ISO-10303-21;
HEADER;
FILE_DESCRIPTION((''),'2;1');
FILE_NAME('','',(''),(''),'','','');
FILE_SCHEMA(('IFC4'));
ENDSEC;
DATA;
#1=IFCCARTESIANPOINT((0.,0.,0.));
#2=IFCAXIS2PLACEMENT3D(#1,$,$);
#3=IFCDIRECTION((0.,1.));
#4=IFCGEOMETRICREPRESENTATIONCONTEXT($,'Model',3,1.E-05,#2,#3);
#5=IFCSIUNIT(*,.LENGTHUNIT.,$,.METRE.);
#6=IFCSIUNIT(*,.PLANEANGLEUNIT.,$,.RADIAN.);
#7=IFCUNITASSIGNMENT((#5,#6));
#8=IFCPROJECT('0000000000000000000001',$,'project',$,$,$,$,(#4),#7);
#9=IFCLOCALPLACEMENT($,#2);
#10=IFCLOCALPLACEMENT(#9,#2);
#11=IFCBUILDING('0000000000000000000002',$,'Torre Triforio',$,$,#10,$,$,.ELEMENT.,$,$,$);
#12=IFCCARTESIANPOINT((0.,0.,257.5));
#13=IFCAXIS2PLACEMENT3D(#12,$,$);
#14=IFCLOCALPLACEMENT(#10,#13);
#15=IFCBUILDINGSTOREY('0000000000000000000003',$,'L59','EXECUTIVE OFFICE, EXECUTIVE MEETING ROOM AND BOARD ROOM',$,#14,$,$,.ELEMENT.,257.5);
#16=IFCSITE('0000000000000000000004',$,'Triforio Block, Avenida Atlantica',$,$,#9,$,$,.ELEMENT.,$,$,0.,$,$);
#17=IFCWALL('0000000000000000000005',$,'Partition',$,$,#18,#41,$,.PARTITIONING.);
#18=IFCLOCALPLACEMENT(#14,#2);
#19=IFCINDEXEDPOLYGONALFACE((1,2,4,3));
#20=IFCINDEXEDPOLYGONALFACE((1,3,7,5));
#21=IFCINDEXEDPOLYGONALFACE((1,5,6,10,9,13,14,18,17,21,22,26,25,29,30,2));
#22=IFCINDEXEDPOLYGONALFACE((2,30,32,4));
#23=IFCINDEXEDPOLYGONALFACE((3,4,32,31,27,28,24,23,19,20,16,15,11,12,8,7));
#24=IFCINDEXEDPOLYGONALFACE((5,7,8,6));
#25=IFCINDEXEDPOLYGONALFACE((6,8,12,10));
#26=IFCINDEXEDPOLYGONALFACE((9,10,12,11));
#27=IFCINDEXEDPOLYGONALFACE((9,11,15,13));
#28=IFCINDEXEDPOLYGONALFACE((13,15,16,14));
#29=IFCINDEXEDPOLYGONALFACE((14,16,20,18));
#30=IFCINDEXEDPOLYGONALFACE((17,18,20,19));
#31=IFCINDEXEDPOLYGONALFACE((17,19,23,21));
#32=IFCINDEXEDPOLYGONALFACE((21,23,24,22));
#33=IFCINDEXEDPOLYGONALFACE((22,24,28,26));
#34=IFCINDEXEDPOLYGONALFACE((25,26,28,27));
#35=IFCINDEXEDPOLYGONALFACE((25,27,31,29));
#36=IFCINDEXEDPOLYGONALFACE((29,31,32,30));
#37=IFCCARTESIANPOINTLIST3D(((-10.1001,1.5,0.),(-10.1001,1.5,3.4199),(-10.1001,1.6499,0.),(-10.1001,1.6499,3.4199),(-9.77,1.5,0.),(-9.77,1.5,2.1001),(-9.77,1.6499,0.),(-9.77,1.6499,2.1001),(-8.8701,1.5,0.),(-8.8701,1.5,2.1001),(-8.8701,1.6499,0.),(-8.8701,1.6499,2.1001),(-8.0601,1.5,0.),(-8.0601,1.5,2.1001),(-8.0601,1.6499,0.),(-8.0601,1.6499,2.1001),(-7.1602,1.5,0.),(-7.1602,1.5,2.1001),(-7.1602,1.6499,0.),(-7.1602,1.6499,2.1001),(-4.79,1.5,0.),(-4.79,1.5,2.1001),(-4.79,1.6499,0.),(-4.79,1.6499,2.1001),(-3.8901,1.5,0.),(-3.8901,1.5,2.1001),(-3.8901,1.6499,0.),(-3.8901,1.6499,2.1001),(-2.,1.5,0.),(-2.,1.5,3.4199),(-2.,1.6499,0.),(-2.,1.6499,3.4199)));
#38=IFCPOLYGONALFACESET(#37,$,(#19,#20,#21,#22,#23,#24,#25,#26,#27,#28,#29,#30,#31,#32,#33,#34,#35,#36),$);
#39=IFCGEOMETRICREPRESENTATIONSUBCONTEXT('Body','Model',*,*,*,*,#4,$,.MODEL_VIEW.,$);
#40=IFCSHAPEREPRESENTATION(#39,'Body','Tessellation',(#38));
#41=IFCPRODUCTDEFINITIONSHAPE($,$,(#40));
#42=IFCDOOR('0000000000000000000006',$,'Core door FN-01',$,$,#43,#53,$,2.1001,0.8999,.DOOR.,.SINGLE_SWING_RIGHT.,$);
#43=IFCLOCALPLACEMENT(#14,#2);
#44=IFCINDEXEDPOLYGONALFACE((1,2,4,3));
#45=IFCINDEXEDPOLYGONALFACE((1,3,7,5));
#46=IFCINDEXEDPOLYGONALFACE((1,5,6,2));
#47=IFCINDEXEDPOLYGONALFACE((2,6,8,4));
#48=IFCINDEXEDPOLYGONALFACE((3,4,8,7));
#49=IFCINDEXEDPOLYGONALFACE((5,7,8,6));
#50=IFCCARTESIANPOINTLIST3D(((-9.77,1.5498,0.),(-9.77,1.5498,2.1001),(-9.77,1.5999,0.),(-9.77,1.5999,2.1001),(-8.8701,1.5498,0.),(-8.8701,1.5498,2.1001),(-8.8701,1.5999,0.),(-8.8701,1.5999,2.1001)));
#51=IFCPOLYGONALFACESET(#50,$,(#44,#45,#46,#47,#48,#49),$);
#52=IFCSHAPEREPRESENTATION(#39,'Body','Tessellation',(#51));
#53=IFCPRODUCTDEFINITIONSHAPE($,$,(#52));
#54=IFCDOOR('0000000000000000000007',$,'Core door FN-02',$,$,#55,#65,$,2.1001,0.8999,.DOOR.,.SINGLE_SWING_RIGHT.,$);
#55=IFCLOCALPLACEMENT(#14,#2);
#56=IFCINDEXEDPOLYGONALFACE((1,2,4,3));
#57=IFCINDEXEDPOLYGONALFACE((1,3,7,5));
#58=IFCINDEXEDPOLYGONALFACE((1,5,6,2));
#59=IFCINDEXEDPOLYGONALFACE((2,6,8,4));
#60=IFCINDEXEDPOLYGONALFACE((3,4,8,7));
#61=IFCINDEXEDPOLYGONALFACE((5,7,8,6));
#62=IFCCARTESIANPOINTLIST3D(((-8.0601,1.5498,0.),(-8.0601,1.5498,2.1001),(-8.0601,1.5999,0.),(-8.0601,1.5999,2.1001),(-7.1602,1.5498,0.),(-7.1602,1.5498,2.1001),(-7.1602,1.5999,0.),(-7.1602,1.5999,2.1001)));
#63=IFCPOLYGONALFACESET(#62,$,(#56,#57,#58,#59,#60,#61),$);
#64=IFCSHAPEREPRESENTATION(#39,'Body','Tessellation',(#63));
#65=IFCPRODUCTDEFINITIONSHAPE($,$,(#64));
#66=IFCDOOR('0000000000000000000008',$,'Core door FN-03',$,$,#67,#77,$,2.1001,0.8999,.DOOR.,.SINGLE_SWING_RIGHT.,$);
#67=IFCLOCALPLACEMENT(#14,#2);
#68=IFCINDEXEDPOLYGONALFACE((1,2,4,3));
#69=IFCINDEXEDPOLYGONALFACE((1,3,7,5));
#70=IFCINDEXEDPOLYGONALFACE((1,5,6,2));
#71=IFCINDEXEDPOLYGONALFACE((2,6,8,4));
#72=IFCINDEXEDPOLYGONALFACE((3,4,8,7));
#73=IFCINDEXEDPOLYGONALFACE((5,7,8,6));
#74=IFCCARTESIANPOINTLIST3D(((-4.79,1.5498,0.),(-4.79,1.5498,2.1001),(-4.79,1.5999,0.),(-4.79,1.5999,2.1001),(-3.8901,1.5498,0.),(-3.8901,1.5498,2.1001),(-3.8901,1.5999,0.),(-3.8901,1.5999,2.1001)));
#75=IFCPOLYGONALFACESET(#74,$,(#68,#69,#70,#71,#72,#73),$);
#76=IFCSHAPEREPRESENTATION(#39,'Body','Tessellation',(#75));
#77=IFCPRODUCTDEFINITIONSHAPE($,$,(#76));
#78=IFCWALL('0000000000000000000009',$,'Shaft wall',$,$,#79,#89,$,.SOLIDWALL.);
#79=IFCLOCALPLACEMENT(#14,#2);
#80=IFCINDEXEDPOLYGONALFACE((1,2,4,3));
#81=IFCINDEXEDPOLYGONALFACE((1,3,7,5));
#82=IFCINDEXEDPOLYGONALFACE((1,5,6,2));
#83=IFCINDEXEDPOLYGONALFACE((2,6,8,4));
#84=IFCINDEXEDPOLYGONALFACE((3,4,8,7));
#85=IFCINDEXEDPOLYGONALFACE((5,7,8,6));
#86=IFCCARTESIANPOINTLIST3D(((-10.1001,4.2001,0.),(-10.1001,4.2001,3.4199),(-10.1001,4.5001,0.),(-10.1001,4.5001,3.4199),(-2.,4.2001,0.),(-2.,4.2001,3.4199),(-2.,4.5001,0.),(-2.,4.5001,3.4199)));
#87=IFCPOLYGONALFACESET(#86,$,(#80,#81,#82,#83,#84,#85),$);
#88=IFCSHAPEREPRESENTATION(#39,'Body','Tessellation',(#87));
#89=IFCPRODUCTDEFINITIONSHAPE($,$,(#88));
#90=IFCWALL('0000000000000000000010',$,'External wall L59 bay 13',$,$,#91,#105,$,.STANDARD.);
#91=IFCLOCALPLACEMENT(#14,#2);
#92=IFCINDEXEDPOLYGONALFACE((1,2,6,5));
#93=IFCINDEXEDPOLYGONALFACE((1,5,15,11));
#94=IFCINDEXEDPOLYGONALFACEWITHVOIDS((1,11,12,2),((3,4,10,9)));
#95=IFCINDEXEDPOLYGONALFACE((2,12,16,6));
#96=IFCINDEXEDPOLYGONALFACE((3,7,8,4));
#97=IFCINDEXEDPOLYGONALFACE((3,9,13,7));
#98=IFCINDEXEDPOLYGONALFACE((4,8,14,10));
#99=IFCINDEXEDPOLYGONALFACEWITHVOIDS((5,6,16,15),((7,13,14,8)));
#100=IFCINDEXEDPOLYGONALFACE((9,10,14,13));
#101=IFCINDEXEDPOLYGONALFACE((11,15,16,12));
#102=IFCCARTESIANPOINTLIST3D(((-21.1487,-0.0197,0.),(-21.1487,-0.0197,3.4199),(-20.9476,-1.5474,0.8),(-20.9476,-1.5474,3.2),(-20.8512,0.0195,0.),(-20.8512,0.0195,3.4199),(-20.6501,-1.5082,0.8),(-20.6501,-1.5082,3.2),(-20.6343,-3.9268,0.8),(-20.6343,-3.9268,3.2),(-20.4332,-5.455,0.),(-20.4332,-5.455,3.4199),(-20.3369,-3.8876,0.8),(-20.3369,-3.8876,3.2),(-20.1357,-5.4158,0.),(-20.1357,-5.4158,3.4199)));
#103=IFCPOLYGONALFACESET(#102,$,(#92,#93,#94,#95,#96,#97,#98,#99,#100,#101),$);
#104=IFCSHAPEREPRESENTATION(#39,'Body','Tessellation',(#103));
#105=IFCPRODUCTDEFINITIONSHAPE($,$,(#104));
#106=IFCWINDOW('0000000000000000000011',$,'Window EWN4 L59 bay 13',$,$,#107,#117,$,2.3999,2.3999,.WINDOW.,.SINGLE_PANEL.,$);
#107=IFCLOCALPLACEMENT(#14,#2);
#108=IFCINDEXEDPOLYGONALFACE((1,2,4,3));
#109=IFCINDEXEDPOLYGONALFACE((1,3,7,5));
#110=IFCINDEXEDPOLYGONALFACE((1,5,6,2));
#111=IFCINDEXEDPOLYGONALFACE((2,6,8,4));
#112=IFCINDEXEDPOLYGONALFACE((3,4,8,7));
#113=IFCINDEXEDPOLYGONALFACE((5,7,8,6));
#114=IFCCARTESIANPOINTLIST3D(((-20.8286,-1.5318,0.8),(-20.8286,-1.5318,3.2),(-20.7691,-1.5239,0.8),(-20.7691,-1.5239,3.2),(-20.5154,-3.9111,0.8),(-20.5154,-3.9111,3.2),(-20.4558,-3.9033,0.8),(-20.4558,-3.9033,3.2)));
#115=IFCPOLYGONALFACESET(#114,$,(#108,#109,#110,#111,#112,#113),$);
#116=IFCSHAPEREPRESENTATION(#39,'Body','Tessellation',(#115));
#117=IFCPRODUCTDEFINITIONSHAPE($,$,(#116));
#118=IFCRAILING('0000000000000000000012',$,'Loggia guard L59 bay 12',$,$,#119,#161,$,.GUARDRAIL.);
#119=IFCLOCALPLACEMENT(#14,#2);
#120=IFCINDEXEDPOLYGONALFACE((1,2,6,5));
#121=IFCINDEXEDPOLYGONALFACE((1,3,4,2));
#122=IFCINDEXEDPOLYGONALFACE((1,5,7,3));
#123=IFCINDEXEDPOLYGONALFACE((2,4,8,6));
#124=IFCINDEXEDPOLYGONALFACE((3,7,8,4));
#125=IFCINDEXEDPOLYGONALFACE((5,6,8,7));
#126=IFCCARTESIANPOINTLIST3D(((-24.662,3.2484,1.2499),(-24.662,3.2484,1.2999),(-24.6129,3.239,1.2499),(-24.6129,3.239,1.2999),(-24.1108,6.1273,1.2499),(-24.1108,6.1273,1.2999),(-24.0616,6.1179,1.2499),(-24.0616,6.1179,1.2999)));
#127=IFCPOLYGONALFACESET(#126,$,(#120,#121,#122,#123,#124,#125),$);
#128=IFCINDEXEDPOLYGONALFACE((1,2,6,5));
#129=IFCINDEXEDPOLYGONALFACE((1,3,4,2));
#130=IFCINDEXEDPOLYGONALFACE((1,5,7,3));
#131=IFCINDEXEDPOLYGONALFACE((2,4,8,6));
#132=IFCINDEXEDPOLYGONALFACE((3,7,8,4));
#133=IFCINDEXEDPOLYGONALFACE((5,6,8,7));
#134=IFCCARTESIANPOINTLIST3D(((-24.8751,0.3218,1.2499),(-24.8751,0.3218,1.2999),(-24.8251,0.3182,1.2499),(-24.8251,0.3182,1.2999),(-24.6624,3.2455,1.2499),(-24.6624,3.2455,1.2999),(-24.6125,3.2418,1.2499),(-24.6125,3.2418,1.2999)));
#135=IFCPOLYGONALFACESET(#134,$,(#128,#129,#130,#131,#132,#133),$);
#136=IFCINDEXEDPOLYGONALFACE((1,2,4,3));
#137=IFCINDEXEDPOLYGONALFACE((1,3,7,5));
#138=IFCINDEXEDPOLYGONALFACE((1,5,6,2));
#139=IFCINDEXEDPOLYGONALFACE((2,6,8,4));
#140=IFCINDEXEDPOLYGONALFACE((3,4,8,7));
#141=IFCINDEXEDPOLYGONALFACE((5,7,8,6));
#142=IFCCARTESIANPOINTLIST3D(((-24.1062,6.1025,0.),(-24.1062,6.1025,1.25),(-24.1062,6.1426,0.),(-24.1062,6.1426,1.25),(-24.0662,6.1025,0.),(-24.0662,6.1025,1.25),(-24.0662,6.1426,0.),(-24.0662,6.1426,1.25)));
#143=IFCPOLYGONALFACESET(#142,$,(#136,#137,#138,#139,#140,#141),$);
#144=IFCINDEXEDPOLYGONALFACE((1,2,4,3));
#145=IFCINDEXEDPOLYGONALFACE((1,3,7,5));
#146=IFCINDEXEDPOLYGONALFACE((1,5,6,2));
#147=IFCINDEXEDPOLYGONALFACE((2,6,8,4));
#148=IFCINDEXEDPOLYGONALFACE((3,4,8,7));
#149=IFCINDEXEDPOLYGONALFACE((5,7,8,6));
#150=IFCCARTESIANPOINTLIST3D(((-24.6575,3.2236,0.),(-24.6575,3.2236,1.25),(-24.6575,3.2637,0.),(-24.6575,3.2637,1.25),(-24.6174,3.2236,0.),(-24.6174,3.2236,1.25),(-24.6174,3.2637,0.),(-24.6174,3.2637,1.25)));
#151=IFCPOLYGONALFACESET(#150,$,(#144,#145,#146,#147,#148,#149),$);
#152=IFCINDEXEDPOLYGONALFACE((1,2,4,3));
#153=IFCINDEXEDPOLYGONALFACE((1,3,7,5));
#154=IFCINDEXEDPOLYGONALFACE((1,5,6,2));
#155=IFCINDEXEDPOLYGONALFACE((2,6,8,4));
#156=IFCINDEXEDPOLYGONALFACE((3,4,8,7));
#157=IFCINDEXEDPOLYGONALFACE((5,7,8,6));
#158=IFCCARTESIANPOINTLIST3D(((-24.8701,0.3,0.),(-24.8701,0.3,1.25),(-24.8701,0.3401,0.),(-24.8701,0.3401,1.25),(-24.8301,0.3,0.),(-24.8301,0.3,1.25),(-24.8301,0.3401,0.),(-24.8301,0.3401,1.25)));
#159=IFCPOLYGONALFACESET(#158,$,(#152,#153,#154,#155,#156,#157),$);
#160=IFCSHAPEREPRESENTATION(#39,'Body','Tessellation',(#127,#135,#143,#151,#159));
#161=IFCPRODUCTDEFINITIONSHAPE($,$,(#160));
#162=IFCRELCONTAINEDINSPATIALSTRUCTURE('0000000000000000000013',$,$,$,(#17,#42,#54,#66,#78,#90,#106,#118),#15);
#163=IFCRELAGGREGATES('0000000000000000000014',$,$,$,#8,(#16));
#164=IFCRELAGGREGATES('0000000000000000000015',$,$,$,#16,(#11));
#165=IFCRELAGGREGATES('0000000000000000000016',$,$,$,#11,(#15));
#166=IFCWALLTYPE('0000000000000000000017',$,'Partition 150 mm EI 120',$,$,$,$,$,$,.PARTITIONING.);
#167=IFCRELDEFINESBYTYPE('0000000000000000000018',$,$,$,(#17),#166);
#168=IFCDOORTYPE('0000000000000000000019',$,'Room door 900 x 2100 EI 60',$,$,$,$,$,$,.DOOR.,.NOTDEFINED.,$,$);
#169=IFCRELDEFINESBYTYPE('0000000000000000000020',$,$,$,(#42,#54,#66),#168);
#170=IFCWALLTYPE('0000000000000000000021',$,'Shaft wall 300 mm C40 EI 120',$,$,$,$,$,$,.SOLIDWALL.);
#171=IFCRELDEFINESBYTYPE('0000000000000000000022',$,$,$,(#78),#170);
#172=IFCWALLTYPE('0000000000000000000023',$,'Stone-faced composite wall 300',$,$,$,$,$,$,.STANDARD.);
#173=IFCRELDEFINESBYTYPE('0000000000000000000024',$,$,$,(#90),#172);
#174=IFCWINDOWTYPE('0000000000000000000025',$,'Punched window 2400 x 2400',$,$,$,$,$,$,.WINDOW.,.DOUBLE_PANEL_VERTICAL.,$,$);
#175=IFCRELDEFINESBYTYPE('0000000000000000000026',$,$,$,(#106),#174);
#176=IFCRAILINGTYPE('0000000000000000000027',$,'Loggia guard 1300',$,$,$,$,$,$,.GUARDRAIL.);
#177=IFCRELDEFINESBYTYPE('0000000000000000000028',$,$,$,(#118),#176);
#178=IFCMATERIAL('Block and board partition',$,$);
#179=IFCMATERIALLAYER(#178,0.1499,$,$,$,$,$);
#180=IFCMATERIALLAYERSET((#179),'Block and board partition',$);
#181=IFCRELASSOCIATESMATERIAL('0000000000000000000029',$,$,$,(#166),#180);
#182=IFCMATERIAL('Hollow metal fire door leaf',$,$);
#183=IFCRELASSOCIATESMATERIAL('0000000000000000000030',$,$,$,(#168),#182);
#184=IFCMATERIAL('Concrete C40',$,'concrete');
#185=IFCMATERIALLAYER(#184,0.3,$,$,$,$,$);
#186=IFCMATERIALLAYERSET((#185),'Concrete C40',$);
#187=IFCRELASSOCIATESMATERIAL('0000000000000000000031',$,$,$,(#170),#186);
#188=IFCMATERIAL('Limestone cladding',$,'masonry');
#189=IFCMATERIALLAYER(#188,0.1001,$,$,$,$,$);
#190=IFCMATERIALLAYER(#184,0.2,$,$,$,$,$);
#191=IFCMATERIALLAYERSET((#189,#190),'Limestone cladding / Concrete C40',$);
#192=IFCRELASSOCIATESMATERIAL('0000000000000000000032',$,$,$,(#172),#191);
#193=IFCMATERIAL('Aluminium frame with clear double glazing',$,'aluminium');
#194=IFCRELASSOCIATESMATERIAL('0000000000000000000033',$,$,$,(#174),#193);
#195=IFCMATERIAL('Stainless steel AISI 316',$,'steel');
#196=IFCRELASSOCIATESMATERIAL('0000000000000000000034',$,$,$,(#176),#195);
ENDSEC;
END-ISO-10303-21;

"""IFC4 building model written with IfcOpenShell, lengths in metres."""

from ifc_helpers import new_model, si_unit, direction, frame, frame_2d, origin, origin_2d, place, context, subcontext, project, spatial, rectangle, extrude, material, layer, layer_set, type_object, element, fill, save


model = new_model("IFC4")

# Units and contexts
model_context = context("Model", 3, precision=1e-05, world=origin(), true_north=direction((0.0, 1.0)))
body_context = subcontext(model_context, "Body", "Model", "MODEL_VIEW")
ifc_project = project(units=[si_unit("LENGTHUNIT", "METRE"), si_unit("PLANEANGLEUNIT", "RADIAN")], contexts=[model_context])

# Site, building, storey
site_placement = place(None, origin())
site = spatial("IfcSite", under=ifc_project, at=site_placement, Name="Triforio Block, Avenida Atlantica", CompositionType="ELEMENT", RefElevation=0.0)
building_placement = place(site_placement, origin())
building = spatial("IfcBuilding", under=site, at=building_placement, Name="Torre Triforio", CompositionType="ELEMENT")
storey_placement = place(building_placement, frame((0.0, 0.0, 257.5)))
storey = spatial("IfcBuildingStorey", under=building, at=storey_placement, Name="L59", Description="EXECUTIVE OFFICE, EXECUTIVE MEETING ROOM AND BOARD ROOM", CompositionType="ELEMENT", Elevation=257.5)

# Shared definitions
ifc_material_1 = material(Name="Concrete C40", Category="concrete")

# Shared definitions
ifc_material_2 = material(Name="Hollow metal fire door leaf")

# Wall, openings, doors
ifc_material_3 = material(Name="Block and board partition")
ifc_layer_1 = layer(ifc_material_3, 0.1499)
ifc_layer_set_1 = layer_set([ifc_layer_1], Name="Block and board partition")
wall_type_1 = type_object("IfcWallType", Name="Partition 150 mm EI 120", PredefinedType="PARTITIONING", material=ifc_layer_set_1)
wall_1_placement = place(storey_placement, frame((-10.1001, 1.575, 0.0), z_axis=(0.0, 0.0, 1.0), x_axis=(1.0, 0.0, 0.0)))
wall_1 = element("IfcWall", 1, at=wall_1_placement, inside=storey, type_object=wall_type_1, Name="Partition", PredefinedType="PARTITIONING", context=body_context, shape_type="SweptSolid", body=[
    extrude(rectangle(XDim=8.1001, YDim=0.1499, at=frame_2d((4.05, 0.0))), origin(), (0.0, 0.0, 1.0), 3.4199),
])
opening_1_placement = place(wall_1_placement, frame((0.3301, 0.0, 0.0)))
opening_1 = element("IfcOpeningElement", 2, at=opening_1_placement, cuts=wall_1, PredefinedType="OPENING", context=body_context, shape_type="SweptSolid", body=[
    extrude(rectangle(XDim=0.8999, YDim=2.1001, at=frame_2d((0.45, 1.05))), frame((0.0, 0.085, 0.0), z_axis=(0.0, -1.0, 0.0), x_axis=(1.0, 0.0, 0.0)), (0.0, 0.0, 1.0), 0.1699),
])
opening_2_placement = place(wall_1_placement, frame((2.04, 0.0, 0.0)))
opening_2 = element("IfcOpeningElement", 3, at=opening_2_placement, cuts=wall_1, PredefinedType="OPENING", context=body_context, shape_type="SweptSolid", body=[
    extrude(rectangle(XDim=0.8999, YDim=2.1001, at=frame_2d((0.45, 1.05))), frame((0.0, 0.085, 0.0), z_axis=(0.0, -1.0, 0.0), x_axis=(1.0, 0.0, 0.0)), (0.0, 0.0, 1.0), 0.1699),
])
opening_3_placement = place(wall_1_placement, frame((5.3101, 0.0, 0.0)))
opening_3 = element("IfcOpeningElement", 4, at=opening_3_placement, cuts=wall_1, PredefinedType="OPENING", context=body_context, shape_type="SweptSolid", body=[
    extrude(rectangle(XDim=0.8999, YDim=2.1001, at=frame_2d((0.45, 1.05))), frame((0.0, 0.085, 0.0), z_axis=(0.0, -1.0, 0.0), x_axis=(1.0, 0.0, 0.0)), (0.0, 0.0, 1.0), 0.1699),
])
door_type_1 = type_object("IfcDoorType", Name="Room door 900 x 2100 EI 60", OperationType="NOTDEFINED", PredefinedType="DOOR", material=ifc_material_2)
door_1_placement = place(opening_1_placement, origin())
door_1 = element("IfcDoor", 5, at=door_1_placement, inside=storey, type_object=door_type_1, Name="Core door FN-01", OperationType="SINGLE_SWING_RIGHT", OverallHeight=2.1001, OverallWidth=0.8999, PredefinedType="DOOR", context=body_context, shape_type="SweptSolid", body=[
    extrude(rectangle(XDim=0.8999, YDim=2.1001, at=frame_2d((0.45, 1.05))), frame((0.0, 0.0249, 0.0), z_axis=(0.0, -1.0, 0.0), x_axis=(1.0, 0.0, 0.0)), (0.0, 0.0, 1.0), 0.05),
])
fill(opening_1, door_1)
door_2_placement = place(opening_2_placement, origin())
door_2 = element("IfcDoor", 6, at=door_2_placement, inside=storey, type_object=door_type_1, Name="Core door FN-02", OperationType="SINGLE_SWING_RIGHT", OverallHeight=2.1001, OverallWidth=0.8999, PredefinedType="DOOR", context=body_context, shape_type="SweptSolid", body=[
    extrude(rectangle(XDim=0.8999, YDim=2.1001, at=frame_2d((0.45, 1.05))), frame((0.0, 0.0249, 0.0), z_axis=(0.0, -1.0, 0.0), x_axis=(1.0, 0.0, 0.0)), (0.0, 0.0, 1.0), 0.05),
])
fill(opening_2, door_2)
door_3_placement = place(opening_3_placement, origin())
door_3 = element("IfcDoor", 7, at=door_3_placement, inside=storey, type_object=door_type_1, Name="Core door FN-03", OperationType="SINGLE_SWING_RIGHT", OverallHeight=2.1001, OverallWidth=0.8999, PredefinedType="DOOR", context=body_context, shape_type="SweptSolid", body=[
    extrude(rectangle(XDim=0.8999, YDim=2.1001, at=frame_2d((0.45, 1.05))), frame((0.0, 0.0249, 0.0), z_axis=(0.0, -1.0, 0.0), x_axis=(1.0, 0.0, 0.0)), (0.0, 0.0, 1.0), 0.05),
])
fill(opening_3, door_3)

# Wall
ifc_layer_2 = layer(ifc_material_1, 0.3)
ifc_layer_set_2 = layer_set([ifc_layer_2], Name="Concrete C40")
wall_type_2 = type_object("IfcWallType", Name="Shaft wall 300 mm C40 EI 120", PredefinedType="SOLIDWALL", material=ifc_layer_set_2)
wall_2_placement = place(storey_placement, frame((-10.1001, 4.3501, 0.0), z_axis=(0.0, 0.0, 1.0), x_axis=(1.0, 0.0, 0.0)))
element("IfcWall", 8, at=wall_2_placement, inside=storey, type_object=wall_type_2, Name="Shaft wall", PredefinedType="SOLIDWALL", context=body_context, shape_type="SweptSolid", body=[
    extrude(rectangle(XDim=8.1001, YDim=0.3, at=frame_2d((4.05, 0.0))), origin(), (0.0, 0.0, 1.0), 3.4199),
])

# Shared definitions
ifc_material_4 = material(Name="Limestone cladding", Category="masonry")
ifc_layer_3 = layer(ifc_material_4, 0.1001)
ifc_layer_4 = layer(ifc_material_1, 0.2)
ifc_layer_set_3 = layer_set([ifc_layer_3, ifc_layer_4], Name="Limestone cladding / Concrete C40")
wall_type_3 = type_object("IfcWallType", Name="Stone-faced composite wall 300", PredefinedType="STANDARD", material=ifc_layer_set_3)
ifc_material_5 = material(Name="Aluminium frame with clear double glazing", Category="aluminium")

# Wall, opening, window
wall_3_placement = place(storey_placement, frame((-21.0, 0.0, 0.0), z_axis=(0.0, 0.0, 1.0), x_axis=(0.130527, -0.991445, 0.0)))
wall_3 = element("IfcWall", 9, at=wall_3_placement, inside=storey, type_object=wall_type_3, Name="External wall L59 bay 13", PredefinedType="STANDARD", context=body_context, shape_type="SweptSolid", body=[
    extrude(rectangle(XDim=5.4822, YDim=0.3, at=frame_2d((2.7412, 0.0))), origin(), (0.0, 0.0, 1.0), 3.4199),
])
opening_4_placement = place(wall_3_placement, frame((1.541, 0.0, 0.8)))
opening_4 = element("IfcOpeningElement", 10, at=opening_4_placement, cuts=wall_3, PredefinedType="OPENING", context=body_context, shape_type="SweptSolid", body=[
    extrude(rectangle(XDim=2.3999, YDim=2.3999, at=frame_2d((1.2, 1.2))), frame((0.0, 0.1599, 0.0), z_axis=(0.0, -1.0, 0.0), x_axis=(1.0, 0.0, 0.0)), (0.0, 0.0, 1.0), 0.3201),
])
window_type_1 = type_object("IfcWindowType", Name="Punched window 2400 x 2400", PartitioningType="DOUBLE_PANEL_VERTICAL", PredefinedType="WINDOW", material=ifc_material_5)
window_1_placement = place(opening_4_placement, origin())
window_1 = element("IfcWindow", 11, at=window_1_placement, inside=storey, type_object=window_type_1, Name="Window EWN4 L59 bay 13", OverallHeight=2.3999, OverallWidth=2.3999, PartitioningType="SINGLE_PANEL", PredefinedType="WINDOW", context=body_context, shape_type="SweptSolid", body=[
    extrude(rectangle(XDim=2.3999, YDim=2.3999, at=frame_2d((1.2, 1.2))), frame((0.0, 0.03, 0.0), z_axis=(0.0, -1.0, 0.0), x_axis=(1.0, 0.0, 0.0)), (0.0, 0.0, 1.0), 0.0601),
])
fill(opening_4, window_1)

# Railing
ifc_material_6 = material(Name="Stainless steel AISI 316", Category="steel")
railing_type = type_object("IfcRailingType", Name="Loggia guard 1300", PredefinedType="GUARDRAIL", material=ifc_material_6)
railing_placement = place(storey_placement, frame((-24.0862, 6.1226, 0.0)))
element("IfcRailing", 12, at=railing_placement, inside=storey, type_object=railing_type, Name="Loggia guard L59 bay 12", PredefinedType="GUARDRAIL", context=body_context, shape_type="SweptSolid", body=[
    extrude(rectangle(XDim=0.05, YDim=0.05, at=origin_2d()), frame((0.0, 0.0, 1.2749), z_axis=(-0.188069, -0.982156, 0.0), x_axis=(0.982156, -0.188069, 0.0)), (0.0, 0.0, 1.0), 2.9312),
    extrude(rectangle(XDim=0.05, YDim=0.05, at=origin_2d()), frame((-0.5513, -2.8789, 1.2749), z_axis=(-0.072543, -0.997365, 0.0), x_axis=(0.997365, -0.072543, 0.0)), (0.0, 0.0, 1.0), 2.9314),
    extrude(rectangle(XDim=0.04, YDim=0.04, at=origin_2d()), origin(), (0.0, 0.0, 1.0), 1.25),
    extrude(rectangle(XDim=0.04, YDim=0.04, at=origin_2d()), frame((-0.5513, -2.8789, 0.0)), (0.0, 0.0, 1.0), 1.25),
    extrude(rectangle(XDim=0.04, YDim=0.04, at=origin_2d()), frame((-0.7639, -5.8025, 0.0)), (0.0, 0.0, 1.0), 1.25),
])

save(model, "model.ifc")
